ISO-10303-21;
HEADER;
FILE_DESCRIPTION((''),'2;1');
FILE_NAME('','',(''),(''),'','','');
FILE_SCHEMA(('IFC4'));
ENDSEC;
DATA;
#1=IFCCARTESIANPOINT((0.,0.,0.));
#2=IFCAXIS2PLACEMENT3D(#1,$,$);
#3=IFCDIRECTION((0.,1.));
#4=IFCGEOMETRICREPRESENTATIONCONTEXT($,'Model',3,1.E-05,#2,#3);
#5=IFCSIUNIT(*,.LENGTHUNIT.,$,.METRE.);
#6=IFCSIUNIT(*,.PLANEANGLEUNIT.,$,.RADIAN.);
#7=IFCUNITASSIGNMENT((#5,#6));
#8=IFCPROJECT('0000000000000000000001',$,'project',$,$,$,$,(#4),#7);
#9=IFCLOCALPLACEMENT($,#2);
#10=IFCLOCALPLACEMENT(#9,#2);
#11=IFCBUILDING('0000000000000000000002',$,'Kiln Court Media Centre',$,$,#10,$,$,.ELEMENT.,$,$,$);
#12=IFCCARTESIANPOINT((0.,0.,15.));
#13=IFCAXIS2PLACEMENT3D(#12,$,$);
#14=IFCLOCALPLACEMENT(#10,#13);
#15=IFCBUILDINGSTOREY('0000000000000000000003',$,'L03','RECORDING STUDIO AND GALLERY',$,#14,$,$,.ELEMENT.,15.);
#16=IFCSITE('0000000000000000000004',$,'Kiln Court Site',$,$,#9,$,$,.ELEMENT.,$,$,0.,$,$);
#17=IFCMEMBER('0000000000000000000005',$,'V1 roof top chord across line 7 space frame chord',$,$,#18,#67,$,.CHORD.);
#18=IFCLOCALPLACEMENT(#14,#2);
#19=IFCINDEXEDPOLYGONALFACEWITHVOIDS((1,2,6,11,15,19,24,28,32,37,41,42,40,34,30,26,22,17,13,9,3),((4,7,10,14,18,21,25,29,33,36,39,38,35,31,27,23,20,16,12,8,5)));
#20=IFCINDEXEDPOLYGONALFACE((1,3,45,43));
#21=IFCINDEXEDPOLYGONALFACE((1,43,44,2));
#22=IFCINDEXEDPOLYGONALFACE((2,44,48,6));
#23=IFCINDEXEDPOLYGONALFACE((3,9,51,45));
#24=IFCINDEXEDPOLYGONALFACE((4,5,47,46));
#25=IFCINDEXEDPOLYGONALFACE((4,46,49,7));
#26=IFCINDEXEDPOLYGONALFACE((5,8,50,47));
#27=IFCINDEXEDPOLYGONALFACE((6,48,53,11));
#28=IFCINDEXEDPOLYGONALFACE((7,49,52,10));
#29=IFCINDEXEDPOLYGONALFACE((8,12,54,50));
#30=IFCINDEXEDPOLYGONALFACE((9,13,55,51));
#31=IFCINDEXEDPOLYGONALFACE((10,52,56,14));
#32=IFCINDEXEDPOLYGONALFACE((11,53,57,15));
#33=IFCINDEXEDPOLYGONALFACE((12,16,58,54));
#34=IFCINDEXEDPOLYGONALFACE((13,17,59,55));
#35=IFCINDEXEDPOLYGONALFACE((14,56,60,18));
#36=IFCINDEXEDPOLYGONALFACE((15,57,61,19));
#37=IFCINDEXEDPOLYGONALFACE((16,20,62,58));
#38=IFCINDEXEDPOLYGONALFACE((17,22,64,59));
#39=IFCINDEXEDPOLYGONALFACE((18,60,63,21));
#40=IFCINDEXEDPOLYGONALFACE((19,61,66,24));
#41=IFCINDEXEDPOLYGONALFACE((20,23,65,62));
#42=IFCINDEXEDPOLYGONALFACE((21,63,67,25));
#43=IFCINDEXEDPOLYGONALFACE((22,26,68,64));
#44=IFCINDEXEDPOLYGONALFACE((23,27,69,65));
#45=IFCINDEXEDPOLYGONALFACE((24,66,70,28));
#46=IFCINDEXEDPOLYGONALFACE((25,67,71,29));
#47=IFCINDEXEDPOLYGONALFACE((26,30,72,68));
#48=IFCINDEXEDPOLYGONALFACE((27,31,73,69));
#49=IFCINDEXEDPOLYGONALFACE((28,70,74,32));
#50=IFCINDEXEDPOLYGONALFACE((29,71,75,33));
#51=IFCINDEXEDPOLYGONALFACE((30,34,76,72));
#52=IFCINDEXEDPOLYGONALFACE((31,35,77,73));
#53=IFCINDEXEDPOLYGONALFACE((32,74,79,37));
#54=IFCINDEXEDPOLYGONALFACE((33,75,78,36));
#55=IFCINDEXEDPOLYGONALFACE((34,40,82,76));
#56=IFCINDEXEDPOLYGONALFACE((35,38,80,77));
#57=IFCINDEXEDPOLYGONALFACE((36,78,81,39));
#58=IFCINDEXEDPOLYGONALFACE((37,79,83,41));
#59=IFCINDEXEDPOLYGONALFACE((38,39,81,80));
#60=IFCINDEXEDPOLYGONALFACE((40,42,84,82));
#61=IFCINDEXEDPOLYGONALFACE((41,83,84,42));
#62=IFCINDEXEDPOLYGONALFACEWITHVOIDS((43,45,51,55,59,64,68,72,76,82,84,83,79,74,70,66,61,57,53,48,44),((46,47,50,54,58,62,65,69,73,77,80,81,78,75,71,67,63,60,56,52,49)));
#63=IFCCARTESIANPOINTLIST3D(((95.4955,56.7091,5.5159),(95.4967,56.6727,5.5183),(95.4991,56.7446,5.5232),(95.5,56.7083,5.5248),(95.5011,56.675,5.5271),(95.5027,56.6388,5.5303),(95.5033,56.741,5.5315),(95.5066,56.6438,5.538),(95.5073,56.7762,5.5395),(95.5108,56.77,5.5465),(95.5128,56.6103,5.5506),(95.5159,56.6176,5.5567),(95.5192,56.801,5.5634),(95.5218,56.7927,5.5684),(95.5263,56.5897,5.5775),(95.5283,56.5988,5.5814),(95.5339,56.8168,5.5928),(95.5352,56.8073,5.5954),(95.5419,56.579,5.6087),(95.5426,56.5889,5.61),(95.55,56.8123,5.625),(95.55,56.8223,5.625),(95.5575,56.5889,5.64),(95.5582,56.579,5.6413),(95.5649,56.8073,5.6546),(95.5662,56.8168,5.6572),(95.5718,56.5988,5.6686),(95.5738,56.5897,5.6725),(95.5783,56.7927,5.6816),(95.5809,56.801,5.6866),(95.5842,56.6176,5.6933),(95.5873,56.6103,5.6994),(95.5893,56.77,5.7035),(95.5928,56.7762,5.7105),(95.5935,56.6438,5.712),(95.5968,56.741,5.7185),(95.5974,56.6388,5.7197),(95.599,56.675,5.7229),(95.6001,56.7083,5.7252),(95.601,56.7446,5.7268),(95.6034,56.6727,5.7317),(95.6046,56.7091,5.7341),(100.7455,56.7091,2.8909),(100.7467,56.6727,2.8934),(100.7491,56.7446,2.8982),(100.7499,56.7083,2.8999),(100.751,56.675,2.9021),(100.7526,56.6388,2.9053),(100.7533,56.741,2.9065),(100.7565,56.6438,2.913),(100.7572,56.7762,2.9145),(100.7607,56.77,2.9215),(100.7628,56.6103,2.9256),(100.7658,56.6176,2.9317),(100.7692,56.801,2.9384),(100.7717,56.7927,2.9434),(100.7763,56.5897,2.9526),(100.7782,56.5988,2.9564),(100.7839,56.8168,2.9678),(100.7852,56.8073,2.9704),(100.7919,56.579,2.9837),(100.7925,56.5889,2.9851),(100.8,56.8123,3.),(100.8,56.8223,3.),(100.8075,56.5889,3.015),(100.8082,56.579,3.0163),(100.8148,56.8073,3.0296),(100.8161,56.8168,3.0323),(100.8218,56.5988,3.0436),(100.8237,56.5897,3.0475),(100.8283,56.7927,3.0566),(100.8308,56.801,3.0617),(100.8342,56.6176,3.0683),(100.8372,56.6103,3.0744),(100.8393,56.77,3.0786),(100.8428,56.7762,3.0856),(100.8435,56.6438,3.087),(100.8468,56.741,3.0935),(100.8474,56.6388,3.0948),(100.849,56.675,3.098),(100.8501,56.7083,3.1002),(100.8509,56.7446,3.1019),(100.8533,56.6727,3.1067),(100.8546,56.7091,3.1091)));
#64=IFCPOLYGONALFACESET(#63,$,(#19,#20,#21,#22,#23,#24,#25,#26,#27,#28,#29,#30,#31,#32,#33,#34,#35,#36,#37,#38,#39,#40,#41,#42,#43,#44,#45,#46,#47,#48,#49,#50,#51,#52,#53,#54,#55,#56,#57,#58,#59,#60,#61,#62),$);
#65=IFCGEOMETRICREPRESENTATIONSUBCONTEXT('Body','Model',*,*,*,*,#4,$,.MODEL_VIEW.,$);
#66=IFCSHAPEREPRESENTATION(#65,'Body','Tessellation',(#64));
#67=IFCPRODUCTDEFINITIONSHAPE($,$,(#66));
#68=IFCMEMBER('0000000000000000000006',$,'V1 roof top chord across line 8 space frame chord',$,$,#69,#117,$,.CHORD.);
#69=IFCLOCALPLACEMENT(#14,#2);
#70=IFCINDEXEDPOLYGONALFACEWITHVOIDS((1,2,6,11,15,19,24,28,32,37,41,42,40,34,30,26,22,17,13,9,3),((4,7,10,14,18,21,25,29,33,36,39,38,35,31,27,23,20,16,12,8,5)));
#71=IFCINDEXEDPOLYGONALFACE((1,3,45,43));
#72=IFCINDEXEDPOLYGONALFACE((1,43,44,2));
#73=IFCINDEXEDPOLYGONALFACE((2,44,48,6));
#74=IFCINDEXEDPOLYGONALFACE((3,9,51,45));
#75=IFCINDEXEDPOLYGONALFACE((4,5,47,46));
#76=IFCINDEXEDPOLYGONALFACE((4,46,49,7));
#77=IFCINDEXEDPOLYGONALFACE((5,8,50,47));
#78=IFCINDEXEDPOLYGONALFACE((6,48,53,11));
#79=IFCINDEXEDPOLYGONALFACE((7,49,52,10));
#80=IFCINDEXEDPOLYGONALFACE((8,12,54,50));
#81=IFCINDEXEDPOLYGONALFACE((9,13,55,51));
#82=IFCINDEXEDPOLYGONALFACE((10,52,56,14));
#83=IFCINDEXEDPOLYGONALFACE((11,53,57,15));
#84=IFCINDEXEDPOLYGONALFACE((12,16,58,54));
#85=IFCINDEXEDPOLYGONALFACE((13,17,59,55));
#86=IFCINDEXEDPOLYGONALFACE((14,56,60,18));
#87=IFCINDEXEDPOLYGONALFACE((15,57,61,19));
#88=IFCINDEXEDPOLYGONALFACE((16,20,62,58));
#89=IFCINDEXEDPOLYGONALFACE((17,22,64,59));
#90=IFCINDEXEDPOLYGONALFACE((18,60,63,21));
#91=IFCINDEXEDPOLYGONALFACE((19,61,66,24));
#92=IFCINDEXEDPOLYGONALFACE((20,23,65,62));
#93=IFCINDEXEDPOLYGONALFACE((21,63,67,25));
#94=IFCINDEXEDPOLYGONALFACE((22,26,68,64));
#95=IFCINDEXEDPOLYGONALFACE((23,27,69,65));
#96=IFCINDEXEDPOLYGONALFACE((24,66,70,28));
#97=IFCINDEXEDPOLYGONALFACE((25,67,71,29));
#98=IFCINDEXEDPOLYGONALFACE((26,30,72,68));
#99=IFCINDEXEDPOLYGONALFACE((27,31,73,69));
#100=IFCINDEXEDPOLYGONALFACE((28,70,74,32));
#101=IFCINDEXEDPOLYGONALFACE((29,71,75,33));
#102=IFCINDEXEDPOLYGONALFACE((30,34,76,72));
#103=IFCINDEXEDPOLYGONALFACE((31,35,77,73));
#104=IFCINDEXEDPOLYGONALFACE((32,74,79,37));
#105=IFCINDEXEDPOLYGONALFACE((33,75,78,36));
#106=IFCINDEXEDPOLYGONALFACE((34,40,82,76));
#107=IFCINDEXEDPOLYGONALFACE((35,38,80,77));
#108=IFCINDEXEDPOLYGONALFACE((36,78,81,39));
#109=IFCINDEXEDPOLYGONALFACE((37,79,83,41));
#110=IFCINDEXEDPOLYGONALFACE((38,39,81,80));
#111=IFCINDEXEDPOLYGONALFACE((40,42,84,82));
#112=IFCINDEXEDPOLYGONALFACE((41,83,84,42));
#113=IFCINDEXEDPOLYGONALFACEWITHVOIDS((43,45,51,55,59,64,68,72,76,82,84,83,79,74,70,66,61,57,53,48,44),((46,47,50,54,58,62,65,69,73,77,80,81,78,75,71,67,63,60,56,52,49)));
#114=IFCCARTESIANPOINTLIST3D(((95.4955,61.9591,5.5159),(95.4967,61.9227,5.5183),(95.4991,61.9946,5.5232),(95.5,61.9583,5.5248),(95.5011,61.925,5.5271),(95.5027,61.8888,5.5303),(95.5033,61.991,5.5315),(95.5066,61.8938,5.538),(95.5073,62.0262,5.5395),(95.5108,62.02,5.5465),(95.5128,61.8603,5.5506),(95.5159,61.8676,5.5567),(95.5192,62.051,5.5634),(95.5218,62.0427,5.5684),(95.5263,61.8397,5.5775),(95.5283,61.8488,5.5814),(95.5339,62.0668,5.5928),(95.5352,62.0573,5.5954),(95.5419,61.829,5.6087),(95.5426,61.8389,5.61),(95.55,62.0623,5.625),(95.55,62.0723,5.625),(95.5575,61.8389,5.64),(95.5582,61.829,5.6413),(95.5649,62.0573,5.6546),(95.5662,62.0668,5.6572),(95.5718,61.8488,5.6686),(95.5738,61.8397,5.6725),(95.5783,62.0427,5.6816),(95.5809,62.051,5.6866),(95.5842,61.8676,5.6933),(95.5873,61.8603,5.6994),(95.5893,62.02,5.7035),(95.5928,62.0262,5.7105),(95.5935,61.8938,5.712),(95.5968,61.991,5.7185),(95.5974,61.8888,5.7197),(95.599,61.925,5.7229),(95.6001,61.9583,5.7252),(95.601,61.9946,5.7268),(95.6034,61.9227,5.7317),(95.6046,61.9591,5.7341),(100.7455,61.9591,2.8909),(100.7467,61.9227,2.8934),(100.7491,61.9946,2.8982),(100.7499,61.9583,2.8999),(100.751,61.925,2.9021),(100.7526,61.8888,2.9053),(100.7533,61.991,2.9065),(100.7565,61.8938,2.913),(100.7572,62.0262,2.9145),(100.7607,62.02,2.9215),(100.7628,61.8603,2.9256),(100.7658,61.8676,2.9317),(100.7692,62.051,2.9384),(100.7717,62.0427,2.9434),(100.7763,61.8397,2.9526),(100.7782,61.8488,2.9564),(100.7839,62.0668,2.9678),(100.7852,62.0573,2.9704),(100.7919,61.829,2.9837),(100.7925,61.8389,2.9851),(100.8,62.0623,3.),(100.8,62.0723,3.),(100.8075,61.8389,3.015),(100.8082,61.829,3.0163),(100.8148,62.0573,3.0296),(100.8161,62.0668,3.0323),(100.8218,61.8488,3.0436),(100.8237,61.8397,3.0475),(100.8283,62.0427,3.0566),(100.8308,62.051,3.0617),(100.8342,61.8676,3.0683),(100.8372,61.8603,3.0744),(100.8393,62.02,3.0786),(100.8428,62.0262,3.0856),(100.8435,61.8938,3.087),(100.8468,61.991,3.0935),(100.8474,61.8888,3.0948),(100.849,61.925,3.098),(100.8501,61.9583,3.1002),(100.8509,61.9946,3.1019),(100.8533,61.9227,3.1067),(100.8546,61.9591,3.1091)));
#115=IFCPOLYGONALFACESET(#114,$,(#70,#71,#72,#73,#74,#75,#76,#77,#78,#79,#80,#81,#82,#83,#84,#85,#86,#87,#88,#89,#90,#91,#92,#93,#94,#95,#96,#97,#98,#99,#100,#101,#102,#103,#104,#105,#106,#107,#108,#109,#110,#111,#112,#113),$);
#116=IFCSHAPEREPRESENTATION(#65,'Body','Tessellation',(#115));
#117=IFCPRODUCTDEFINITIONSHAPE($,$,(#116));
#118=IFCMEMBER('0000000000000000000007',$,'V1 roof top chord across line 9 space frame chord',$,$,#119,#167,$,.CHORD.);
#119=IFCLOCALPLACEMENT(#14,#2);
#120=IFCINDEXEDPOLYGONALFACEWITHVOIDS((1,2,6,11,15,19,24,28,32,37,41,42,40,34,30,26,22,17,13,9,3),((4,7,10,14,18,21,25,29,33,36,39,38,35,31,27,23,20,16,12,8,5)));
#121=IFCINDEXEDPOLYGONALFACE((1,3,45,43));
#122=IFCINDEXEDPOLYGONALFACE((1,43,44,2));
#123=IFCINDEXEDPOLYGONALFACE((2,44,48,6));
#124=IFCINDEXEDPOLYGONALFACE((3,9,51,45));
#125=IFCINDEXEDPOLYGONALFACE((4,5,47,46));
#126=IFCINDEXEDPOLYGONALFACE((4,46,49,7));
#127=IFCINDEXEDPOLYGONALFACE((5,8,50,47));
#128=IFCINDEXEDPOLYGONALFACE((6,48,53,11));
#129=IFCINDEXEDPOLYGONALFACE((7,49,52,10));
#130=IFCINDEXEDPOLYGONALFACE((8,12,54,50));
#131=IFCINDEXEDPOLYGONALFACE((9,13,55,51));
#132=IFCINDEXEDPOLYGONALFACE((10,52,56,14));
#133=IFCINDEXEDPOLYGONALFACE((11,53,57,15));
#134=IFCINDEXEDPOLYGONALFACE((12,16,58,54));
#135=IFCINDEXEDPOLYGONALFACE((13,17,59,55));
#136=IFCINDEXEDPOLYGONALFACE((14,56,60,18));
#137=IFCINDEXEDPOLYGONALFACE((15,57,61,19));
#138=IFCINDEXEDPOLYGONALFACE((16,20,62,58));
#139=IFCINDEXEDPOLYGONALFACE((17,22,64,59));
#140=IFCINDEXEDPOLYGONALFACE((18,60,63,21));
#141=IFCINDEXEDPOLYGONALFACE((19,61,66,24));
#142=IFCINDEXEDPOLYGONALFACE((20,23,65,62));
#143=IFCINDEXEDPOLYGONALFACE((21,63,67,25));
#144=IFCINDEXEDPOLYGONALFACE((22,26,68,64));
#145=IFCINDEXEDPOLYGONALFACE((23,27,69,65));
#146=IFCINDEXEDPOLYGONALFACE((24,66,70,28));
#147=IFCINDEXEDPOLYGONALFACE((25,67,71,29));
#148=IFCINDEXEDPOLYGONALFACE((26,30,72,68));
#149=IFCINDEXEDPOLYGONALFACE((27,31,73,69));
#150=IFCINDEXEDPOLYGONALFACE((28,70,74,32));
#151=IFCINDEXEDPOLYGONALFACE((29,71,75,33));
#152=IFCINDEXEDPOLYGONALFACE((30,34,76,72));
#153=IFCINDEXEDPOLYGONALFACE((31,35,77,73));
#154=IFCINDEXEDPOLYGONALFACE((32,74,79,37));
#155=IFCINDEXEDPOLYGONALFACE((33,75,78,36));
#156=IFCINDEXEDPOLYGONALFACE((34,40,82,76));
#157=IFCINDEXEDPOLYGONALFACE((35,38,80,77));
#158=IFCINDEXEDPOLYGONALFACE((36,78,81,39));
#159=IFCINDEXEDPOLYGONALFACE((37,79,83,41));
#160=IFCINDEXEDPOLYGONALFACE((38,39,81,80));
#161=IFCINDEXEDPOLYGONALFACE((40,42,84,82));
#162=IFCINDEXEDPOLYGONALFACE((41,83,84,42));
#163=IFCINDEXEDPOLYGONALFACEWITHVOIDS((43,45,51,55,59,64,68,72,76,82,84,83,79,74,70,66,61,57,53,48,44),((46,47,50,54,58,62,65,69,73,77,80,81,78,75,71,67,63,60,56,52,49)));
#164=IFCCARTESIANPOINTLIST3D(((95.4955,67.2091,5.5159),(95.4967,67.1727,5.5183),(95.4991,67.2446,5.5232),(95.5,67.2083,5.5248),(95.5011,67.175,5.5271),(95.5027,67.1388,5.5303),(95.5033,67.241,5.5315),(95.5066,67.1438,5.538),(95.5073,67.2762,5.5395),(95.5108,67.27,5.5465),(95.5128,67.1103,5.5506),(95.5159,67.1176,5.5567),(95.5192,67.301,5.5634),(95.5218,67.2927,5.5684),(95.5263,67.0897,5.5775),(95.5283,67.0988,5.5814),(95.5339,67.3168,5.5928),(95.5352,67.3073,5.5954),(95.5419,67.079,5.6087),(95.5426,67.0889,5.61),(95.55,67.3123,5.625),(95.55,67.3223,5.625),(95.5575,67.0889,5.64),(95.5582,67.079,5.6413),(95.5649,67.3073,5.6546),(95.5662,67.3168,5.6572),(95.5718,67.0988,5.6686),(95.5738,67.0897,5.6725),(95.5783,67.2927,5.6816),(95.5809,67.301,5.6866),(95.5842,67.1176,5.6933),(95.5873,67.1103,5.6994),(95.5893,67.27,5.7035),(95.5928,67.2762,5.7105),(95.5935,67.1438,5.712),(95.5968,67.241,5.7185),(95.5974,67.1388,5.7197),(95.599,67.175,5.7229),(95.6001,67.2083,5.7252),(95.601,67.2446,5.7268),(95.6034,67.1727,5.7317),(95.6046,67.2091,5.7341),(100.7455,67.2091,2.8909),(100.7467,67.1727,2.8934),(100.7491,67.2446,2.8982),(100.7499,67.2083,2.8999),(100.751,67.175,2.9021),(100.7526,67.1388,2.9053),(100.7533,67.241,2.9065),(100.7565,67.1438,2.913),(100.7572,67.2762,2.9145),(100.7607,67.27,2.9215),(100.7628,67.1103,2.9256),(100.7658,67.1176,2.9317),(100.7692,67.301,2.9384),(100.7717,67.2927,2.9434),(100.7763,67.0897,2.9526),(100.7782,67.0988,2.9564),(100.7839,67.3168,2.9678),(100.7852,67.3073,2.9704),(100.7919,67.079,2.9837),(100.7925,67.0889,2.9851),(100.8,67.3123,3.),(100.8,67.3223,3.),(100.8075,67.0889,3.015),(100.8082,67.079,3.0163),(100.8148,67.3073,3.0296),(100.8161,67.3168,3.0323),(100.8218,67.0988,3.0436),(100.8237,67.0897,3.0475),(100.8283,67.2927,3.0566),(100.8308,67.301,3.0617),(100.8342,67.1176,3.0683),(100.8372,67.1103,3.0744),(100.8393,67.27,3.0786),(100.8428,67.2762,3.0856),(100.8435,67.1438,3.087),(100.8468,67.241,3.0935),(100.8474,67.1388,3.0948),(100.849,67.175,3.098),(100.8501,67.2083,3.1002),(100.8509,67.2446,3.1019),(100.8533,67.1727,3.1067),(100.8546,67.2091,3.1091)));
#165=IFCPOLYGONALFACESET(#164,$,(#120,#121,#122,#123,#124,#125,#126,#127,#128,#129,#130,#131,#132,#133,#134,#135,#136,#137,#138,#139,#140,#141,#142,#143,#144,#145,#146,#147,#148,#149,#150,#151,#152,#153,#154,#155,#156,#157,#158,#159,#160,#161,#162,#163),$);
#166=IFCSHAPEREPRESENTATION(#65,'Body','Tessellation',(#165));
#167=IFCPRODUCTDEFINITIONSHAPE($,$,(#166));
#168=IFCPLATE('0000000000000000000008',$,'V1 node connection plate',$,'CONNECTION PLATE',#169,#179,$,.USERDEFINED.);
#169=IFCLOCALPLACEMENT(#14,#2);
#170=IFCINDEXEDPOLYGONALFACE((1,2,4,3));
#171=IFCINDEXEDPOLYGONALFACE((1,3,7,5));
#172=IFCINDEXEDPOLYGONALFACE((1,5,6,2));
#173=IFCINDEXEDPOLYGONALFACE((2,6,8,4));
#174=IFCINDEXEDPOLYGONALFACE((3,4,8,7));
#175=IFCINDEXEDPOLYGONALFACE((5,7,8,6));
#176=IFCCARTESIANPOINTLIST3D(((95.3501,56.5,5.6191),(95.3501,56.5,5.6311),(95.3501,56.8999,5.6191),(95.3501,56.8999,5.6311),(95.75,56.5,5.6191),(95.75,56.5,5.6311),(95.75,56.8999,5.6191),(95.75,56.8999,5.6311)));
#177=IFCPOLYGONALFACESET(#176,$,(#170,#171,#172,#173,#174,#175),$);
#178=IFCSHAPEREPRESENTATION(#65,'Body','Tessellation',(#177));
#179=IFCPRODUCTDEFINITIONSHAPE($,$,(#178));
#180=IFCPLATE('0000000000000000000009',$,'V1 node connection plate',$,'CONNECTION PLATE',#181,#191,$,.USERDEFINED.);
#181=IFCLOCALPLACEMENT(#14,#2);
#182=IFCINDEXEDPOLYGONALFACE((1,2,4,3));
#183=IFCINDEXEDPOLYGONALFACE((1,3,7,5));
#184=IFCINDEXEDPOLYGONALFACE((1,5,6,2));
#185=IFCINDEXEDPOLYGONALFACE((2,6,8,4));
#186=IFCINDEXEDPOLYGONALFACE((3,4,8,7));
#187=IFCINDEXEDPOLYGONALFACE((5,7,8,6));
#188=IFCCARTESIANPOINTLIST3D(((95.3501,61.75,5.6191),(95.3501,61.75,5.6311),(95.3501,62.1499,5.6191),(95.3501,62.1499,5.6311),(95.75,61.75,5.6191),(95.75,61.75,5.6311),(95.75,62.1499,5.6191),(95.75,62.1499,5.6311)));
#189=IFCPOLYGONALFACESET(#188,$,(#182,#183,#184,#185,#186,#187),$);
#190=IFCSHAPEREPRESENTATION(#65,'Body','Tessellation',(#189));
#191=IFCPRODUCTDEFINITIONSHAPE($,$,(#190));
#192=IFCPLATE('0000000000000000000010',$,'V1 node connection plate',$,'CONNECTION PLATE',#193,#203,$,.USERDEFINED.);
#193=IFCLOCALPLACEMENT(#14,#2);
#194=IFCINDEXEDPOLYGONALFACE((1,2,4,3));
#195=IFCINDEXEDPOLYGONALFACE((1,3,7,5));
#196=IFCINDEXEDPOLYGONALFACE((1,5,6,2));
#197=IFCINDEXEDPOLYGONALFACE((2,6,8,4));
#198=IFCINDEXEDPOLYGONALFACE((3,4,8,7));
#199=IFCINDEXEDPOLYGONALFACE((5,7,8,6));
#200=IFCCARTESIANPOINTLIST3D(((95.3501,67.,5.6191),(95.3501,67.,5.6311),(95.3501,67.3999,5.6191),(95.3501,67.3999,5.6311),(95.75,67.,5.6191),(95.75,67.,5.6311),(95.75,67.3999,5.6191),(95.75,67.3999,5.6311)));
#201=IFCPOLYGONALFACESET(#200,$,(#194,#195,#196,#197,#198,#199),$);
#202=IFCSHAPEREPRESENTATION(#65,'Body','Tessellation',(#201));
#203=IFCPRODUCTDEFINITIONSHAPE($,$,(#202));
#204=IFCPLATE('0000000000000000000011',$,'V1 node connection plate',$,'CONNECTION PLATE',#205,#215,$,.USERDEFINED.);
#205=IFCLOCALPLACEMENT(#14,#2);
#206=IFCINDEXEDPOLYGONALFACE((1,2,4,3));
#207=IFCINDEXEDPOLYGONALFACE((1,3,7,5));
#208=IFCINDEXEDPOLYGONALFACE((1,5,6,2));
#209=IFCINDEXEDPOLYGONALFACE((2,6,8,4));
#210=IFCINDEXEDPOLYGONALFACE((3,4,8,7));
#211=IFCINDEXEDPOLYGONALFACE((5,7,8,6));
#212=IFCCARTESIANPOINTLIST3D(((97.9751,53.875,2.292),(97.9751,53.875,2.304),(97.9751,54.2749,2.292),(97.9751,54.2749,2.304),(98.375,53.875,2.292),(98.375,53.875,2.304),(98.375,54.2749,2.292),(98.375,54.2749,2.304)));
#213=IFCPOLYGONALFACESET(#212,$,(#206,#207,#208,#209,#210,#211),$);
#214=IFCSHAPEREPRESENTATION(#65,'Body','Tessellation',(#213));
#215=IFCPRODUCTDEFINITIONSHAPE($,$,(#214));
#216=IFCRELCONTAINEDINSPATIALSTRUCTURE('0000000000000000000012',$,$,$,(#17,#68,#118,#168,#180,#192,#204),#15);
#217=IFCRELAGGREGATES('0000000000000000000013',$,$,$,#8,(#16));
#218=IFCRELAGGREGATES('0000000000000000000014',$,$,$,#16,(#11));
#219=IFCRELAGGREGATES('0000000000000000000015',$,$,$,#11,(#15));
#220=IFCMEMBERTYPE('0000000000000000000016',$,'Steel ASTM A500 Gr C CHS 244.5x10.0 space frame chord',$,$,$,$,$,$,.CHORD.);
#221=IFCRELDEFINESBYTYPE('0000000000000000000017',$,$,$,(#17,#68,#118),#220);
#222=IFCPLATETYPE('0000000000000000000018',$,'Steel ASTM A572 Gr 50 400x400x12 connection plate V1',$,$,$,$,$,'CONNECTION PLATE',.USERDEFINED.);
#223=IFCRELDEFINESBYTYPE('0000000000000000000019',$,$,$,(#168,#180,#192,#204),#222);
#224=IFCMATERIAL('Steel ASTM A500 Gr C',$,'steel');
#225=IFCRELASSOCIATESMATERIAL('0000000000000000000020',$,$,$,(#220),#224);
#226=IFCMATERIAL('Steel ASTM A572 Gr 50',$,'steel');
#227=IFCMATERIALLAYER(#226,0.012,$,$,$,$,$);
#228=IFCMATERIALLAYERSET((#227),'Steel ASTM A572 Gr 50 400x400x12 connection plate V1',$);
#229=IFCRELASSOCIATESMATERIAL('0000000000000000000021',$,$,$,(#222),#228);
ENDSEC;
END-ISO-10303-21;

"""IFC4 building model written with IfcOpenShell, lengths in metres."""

from ifc_helpers import new_model, si_unit, direction, frame, origin, origin_2d, place, context, subcontext, project, spatial, rectangle, hollow_circle, extrude, material, layer, layer_set, material_profile, profile_set, type_object, element, save


model = new_model("IFC4")

# Units and contexts
model_context = context("Model", 3, precision=1e-05, world=origin(), true_north=direction((0.0, 1.0)))
body_context = subcontext(model_context, "Body", "Model", "MODEL_VIEW")
ifc_project = project(units=[si_unit("LENGTHUNIT", "METRE"), si_unit("PLANEANGLEUNIT", "RADIAN")], contexts=[model_context])

# Site, building, storey
site_placement = place(None, origin())
site = spatial("IfcSite", under=ifc_project, at=site_placement, Name="Kiln Court Site", CompositionType="ELEMENT", RefElevation=0.0)
building_placement = place(site_placement, origin())
building = spatial("IfcBuilding", under=site, at=building_placement, Name="Kiln Court Media Centre", CompositionType="ELEMENT")
storey_placement = place(building_placement, frame((0.0, 0.0, 15.0)))
storey = spatial("IfcBuildingStorey", under=building, at=storey_placement, Name="L03", Description="RECORDING STUDIO AND GALLERY", CompositionType="ELEMENT", Elevation=15.0)

# Members
ifc_material_1 = material(Name="Steel ASTM A500 Gr C", Category="steel")
ifc_material_profile_1 = material_profile(ifc_material_1, hollow_circle(Radius=0.1223, WallThickness=0.01, at=origin_2d()), Name="CHS 244.5x10.0")
ifc_profile_set_1 = profile_set([ifc_material_profile_1], Name="Steel ASTM A500 Gr C")
member_type_1 = type_object("IfcMemberType", Name="Steel ASTM A500 Gr C CHS 244.5x10.0 space frame chord", PredefinedType="CHORD", material=ifc_profile_set_1)
for number, where, z_axis, x_axis, name in (
    (1, (95.55, 56.7, 5.625), (0.894427, 0.0, -0.447214), (0.0, 1.0, 0.0), "V1 roof top chord across line 7 space frame chord"),
    (2, (95.55, 61.95, 5.625), (0.894427, 0.0, -0.447214), (0.0, 1.0, 0.0), "V1 roof top chord across line 8 space frame chord"),
    (3, (95.55, 67.2, 5.625), (0.894427, 0.0, -0.447214), (0.0, 1.0, 0.0), "V1 roof top chord across line 9 space frame chord"),
):
    element("IfcMember", number, at=place(storey_placement, frame(where, z_axis=z_axis, x_axis=x_axis)), inside=storey, type_object=member_type_1, Name=name, PredefinedType="CHORD", context=body_context, shape_type="SweptSolid", body=[
        extrude(hollow_circle(Radius=0.1223, WallThickness=0.01, at=origin_2d()), origin(), (0.0, 0.0, 1.0), 5.8696),
    ])

# Plates
ifc_material_2 = material(Name="Steel ASTM A572 Gr 50", Category="steel")
ifc_layer_1 = layer(ifc_material_2, 0.012)
ifc_layer_set_1 = layer_set([ifc_layer_1], Name="Steel ASTM A572 Gr 50 400x400x12 connection plate V1")
plate_type = type_object("IfcPlateType", Name="Steel ASTM A572 Gr 50 400x400x12 connection plate V1", ElementType="CONNECTION PLATE", PredefinedType="USERDEFINED", material=ifc_layer_set_1)
for number, where, z_axis, x_axis, name in (
    (4, (95.55, 56.7, 5.6191), (0.0, 0.0, 1.0), (1.0, 0.0, 0.0), "V1 node connection plate"),
    (5, (95.55, 61.95, 5.6191), (0.0, 0.0, 1.0), (1.0, 0.0, 0.0), "V1 node connection plate"),
    (6, (95.55, 67.2, 5.6191), (0.0, 0.0, 1.0), (1.0, 0.0, 0.0), "V1 node connection plate"),
    (7, (98.175, 54.075, 2.292), (0.0, 0.0, 1.0), (1.0, 0.0, 0.0), "V1 node connection plate"),
):
    element("IfcPlate", number, at=place(storey_placement, frame(where, z_axis=z_axis, x_axis=x_axis)), inside=storey, type_object=plate_type, Name=name, ObjectType="CONNECTION PLATE", PredefinedType="USERDEFINED", context=body_context, shape_type="SweptSolid", body=[
        extrude(rectangle(XDim=0.3999, YDim=0.3999, at=origin_2d()), origin(), (0.0, 0.0, 1.0), 0.012),
    ])

save(model, "model.ifc")
